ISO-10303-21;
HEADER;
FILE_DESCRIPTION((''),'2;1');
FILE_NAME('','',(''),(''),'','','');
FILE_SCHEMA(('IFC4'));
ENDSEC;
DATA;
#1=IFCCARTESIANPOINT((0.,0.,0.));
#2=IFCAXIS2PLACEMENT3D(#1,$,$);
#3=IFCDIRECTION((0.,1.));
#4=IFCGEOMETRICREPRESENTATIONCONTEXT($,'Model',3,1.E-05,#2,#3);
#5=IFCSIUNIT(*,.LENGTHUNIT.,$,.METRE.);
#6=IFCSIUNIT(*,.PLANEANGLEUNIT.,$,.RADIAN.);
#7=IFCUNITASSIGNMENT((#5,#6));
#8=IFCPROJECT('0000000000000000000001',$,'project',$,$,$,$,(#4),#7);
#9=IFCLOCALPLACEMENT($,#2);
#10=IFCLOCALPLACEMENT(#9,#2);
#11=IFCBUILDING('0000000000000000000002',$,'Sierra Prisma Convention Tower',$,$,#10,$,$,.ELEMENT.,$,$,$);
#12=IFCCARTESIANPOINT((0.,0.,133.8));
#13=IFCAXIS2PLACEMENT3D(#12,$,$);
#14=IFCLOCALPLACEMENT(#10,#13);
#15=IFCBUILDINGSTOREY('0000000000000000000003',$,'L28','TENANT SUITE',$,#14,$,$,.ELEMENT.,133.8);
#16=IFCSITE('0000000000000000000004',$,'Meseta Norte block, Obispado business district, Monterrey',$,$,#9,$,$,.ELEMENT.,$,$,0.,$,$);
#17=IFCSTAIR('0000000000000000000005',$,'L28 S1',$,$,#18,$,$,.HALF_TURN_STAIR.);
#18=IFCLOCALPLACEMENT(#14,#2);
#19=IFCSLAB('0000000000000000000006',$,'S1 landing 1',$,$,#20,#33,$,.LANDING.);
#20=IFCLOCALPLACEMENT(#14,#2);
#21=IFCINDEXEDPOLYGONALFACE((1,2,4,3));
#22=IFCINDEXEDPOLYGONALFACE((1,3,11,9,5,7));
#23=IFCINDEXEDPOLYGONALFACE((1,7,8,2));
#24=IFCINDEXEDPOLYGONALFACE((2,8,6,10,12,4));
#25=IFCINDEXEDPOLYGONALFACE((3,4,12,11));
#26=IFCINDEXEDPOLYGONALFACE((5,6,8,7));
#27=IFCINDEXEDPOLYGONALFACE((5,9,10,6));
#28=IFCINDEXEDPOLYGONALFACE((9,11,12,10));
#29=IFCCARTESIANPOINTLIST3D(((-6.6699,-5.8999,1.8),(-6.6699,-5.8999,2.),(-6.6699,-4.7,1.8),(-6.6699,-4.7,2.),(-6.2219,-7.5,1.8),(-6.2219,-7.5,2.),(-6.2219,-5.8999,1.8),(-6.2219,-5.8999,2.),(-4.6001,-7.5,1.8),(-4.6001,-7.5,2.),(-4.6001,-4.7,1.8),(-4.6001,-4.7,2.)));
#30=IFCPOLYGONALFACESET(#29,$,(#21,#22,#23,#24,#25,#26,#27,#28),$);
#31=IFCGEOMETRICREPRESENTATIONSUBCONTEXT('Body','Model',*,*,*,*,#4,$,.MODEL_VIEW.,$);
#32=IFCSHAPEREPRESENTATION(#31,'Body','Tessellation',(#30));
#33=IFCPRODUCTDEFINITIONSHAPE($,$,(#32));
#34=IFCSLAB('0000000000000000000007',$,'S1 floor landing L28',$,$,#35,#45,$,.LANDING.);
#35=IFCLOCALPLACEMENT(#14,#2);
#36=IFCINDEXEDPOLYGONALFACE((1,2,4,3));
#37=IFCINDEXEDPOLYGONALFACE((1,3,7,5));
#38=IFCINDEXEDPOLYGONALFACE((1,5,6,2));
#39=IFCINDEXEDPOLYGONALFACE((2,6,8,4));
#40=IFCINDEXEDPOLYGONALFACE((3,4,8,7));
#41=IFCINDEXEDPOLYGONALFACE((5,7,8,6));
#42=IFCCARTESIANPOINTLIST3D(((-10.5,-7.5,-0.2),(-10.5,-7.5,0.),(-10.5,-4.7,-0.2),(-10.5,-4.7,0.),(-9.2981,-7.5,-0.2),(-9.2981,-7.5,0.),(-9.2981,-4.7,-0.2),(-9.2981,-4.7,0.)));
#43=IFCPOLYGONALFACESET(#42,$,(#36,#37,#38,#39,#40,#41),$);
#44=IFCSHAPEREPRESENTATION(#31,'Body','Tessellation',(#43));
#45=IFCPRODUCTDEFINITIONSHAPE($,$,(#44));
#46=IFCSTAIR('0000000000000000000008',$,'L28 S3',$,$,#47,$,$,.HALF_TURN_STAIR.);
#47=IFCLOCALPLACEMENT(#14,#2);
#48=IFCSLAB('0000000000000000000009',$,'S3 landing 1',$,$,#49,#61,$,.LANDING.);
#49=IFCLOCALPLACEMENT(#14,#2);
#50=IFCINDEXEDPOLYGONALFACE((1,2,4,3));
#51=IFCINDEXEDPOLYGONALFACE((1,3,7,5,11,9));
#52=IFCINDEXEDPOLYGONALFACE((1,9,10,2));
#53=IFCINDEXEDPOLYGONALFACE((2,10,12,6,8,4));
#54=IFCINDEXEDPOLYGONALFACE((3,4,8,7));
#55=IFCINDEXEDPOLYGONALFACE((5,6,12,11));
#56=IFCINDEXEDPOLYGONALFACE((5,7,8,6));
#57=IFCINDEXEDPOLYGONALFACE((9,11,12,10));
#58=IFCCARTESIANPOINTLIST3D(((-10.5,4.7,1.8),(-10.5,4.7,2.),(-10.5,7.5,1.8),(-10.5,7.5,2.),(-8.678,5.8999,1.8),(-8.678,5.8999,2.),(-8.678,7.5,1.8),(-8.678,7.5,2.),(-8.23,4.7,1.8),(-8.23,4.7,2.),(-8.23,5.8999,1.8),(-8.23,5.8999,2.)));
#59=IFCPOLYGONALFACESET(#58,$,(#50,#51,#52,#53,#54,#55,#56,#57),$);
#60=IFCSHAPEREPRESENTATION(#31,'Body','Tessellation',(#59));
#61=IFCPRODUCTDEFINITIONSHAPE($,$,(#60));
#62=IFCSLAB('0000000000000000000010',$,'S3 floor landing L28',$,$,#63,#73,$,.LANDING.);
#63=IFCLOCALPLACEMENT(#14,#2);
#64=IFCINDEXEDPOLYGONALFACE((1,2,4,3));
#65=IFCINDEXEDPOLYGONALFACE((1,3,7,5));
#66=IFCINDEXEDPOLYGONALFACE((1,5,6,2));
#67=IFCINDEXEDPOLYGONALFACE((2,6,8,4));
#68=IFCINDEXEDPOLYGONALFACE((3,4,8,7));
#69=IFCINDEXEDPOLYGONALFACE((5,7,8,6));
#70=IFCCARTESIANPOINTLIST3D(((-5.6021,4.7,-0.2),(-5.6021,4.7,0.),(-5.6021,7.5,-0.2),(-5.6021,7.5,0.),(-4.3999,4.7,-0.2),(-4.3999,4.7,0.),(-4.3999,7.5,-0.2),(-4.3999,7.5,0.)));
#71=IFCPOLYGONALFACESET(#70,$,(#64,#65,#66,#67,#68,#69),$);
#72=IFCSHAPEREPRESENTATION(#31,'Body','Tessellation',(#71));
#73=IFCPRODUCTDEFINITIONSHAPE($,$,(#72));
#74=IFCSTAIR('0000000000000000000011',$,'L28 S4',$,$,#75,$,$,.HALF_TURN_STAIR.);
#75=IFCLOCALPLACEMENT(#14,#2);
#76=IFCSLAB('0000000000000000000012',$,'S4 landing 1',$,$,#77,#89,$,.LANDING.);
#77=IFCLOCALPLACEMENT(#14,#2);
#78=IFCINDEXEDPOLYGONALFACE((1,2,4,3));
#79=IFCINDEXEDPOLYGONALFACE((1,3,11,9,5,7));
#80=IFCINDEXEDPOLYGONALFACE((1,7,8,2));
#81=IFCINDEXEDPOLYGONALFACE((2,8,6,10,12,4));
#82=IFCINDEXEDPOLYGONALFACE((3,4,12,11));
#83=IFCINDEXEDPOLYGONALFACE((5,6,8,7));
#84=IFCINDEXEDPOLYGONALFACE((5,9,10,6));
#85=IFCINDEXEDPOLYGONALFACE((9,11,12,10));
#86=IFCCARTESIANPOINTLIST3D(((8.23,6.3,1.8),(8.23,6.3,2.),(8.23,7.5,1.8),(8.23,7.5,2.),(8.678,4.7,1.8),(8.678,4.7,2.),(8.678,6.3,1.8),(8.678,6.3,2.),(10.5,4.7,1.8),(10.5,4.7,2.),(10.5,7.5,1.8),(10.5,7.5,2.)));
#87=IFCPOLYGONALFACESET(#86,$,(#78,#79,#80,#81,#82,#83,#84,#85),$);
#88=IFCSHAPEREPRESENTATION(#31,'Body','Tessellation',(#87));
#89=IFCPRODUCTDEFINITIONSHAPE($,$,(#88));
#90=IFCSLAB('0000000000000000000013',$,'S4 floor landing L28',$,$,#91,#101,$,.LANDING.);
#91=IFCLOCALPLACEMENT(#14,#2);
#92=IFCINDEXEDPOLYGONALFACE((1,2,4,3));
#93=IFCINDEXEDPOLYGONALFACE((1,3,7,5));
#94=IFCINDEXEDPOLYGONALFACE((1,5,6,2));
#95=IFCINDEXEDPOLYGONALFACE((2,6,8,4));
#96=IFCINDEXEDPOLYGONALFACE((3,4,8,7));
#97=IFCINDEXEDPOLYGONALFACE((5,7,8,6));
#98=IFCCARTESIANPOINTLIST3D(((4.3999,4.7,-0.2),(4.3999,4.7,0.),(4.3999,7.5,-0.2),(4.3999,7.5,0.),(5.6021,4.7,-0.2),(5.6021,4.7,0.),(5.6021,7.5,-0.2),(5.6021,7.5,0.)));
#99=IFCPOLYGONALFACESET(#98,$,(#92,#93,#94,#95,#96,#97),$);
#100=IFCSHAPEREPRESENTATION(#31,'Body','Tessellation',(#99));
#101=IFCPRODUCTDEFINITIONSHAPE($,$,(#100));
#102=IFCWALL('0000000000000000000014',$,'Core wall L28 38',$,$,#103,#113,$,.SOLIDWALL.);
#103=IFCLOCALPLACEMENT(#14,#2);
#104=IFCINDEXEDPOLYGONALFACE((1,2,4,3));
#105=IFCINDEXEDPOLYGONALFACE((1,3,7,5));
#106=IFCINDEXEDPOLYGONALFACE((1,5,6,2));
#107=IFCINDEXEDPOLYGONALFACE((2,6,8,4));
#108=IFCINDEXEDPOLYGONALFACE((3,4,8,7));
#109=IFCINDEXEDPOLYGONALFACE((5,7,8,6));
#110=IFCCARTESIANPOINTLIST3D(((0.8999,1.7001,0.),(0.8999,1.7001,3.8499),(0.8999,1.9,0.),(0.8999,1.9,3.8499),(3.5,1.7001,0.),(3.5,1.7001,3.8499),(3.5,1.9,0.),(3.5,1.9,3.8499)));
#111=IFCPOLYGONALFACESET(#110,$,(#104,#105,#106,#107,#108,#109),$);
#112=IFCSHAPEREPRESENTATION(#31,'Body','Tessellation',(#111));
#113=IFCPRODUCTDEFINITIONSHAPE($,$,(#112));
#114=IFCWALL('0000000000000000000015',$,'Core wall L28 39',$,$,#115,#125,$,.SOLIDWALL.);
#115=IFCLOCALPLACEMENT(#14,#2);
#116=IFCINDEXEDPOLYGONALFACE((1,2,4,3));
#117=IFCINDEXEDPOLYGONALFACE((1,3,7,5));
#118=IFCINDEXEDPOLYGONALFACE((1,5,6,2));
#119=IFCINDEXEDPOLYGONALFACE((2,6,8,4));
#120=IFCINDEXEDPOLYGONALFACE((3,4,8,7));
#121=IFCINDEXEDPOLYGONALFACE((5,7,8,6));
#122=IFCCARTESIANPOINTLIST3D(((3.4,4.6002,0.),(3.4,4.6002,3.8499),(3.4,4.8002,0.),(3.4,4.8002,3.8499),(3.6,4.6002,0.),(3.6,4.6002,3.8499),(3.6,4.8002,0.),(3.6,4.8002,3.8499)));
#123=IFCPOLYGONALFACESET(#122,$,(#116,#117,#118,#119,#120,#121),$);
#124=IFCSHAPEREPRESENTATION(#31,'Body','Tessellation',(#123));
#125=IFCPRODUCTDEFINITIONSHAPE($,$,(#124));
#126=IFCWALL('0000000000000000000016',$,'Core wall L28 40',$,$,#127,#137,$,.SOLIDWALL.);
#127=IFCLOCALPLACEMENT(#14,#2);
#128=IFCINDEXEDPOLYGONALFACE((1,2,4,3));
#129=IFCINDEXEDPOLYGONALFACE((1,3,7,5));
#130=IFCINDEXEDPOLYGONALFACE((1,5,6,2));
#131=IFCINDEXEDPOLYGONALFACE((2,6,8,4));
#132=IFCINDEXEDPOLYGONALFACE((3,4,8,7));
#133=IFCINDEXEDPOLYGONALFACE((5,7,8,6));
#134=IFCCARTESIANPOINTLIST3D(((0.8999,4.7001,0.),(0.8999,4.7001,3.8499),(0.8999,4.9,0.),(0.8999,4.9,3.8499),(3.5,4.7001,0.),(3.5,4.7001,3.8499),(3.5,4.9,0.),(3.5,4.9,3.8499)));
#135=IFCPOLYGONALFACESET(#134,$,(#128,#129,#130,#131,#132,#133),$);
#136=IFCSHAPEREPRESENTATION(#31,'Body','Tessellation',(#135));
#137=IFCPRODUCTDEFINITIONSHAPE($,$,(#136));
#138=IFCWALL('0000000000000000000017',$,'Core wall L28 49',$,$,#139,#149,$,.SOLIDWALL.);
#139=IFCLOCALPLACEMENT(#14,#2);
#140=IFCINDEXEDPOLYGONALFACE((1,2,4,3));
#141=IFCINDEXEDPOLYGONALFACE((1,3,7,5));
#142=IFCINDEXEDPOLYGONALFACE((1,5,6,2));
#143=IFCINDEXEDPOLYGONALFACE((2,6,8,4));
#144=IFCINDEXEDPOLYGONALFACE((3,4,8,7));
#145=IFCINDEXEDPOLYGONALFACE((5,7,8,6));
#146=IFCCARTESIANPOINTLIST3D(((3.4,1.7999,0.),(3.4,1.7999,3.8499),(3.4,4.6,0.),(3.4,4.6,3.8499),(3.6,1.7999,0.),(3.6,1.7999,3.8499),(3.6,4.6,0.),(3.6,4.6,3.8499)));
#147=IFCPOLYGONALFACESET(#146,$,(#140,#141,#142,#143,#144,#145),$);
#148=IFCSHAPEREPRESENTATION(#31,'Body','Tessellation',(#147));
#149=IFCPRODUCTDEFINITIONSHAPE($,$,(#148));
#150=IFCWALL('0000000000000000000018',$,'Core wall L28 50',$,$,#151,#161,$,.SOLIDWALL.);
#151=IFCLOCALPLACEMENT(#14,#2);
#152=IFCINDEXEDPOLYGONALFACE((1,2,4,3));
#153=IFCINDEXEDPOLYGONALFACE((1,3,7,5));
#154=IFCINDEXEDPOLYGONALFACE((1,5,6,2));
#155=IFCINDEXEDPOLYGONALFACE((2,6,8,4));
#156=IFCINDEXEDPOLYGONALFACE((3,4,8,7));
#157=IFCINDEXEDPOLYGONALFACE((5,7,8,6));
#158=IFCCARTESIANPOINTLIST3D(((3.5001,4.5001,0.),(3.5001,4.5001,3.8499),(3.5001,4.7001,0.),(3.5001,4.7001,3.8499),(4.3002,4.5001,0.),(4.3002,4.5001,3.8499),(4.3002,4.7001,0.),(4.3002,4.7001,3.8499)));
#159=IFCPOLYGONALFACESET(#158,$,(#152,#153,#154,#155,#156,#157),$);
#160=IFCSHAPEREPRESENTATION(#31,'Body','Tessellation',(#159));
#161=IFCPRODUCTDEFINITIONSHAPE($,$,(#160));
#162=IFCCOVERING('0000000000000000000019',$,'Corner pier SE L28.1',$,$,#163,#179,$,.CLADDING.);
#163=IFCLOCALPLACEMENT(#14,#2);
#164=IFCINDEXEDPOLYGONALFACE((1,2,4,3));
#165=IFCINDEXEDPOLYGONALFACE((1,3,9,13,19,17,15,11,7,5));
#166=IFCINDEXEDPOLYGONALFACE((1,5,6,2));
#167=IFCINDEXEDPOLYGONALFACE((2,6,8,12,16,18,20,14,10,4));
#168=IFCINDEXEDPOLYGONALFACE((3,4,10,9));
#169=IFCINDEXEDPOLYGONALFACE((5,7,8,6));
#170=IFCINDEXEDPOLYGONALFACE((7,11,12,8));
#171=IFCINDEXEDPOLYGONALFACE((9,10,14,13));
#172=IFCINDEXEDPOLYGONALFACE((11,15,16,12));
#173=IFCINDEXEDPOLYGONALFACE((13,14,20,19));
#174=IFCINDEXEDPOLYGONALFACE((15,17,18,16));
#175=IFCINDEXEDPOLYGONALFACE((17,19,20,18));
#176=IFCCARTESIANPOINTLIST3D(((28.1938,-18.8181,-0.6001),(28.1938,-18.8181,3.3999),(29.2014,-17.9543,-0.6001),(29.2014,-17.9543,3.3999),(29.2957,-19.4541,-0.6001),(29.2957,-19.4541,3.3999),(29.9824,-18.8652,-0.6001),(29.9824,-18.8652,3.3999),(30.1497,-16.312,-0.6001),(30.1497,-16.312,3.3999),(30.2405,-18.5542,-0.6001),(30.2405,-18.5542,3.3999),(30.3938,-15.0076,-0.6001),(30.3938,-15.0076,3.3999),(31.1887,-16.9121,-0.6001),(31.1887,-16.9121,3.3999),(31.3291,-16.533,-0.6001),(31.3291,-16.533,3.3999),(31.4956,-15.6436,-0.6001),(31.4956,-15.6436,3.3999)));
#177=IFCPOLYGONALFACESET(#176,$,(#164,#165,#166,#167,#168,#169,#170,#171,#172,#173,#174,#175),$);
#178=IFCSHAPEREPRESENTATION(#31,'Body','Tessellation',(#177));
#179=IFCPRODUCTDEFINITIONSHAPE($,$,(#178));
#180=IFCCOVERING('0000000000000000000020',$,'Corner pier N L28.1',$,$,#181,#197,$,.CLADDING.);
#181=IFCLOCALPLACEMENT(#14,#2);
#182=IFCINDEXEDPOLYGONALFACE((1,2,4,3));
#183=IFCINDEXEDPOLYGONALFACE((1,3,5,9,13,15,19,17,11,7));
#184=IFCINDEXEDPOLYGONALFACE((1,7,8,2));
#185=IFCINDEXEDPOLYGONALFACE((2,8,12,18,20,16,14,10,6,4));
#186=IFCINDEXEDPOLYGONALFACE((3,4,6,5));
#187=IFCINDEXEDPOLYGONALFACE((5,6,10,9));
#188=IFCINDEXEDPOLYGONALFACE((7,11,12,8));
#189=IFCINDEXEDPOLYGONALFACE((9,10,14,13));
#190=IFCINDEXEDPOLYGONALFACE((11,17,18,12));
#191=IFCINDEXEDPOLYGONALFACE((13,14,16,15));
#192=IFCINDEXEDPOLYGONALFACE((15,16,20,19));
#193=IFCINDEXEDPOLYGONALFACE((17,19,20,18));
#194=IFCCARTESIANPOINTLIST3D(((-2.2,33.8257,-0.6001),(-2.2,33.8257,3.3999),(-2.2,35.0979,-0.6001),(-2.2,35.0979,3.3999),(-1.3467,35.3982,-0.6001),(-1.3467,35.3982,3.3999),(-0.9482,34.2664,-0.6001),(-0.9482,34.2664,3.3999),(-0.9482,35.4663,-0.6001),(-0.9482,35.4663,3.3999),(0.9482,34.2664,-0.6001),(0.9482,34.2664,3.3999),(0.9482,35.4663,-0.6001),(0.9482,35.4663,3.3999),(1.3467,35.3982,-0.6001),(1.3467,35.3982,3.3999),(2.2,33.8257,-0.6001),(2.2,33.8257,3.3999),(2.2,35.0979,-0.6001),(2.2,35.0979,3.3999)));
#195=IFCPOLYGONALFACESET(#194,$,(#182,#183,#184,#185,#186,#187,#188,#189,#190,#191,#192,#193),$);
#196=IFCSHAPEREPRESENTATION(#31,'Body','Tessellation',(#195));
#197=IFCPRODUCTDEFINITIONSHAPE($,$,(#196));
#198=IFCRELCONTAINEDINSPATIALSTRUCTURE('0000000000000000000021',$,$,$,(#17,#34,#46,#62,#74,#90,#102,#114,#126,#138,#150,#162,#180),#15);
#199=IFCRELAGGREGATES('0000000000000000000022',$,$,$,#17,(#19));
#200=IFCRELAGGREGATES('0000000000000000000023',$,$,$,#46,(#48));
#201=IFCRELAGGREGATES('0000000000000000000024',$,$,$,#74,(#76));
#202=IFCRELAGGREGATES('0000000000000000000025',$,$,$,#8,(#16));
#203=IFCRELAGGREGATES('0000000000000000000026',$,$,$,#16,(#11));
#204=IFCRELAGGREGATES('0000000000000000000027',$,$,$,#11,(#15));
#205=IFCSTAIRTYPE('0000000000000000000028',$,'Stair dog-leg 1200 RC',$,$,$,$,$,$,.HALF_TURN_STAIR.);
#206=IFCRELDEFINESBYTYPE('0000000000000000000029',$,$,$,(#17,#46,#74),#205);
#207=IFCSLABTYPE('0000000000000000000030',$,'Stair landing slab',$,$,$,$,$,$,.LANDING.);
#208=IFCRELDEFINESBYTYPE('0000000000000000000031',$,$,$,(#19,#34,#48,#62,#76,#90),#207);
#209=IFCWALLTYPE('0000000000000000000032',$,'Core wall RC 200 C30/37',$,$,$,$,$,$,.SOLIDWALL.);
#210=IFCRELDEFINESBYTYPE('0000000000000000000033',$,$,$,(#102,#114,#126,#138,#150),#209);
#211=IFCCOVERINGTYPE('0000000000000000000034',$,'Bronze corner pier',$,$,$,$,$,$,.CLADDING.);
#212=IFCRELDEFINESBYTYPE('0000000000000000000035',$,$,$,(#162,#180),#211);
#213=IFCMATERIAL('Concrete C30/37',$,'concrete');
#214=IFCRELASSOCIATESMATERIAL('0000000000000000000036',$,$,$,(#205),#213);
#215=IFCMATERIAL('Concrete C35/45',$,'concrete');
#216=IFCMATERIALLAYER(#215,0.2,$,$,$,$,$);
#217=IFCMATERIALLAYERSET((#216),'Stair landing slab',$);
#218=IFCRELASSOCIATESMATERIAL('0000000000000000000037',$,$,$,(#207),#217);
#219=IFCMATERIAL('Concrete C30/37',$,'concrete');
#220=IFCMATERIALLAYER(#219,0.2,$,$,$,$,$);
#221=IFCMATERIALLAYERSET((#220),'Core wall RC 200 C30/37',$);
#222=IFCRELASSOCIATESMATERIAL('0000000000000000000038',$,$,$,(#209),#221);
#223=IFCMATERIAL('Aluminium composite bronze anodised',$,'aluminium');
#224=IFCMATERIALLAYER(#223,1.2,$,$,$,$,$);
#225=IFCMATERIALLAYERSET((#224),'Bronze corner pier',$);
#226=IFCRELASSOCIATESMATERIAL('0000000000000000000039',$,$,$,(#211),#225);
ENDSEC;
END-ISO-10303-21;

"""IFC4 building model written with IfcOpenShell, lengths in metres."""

from ifc_helpers import new_model, si_unit, direction, frame, frame_2d, origin, place, context, subcontext, project, spatial, polyline, rectangle, outline, extrude, material, layer, layer_set, type_object, element, aggregate, save


model = new_model("IFC4")

# Units and contexts
model_context = context("Model", 3, precision=1e-05, world=origin(), true_north=direction((0.0, 1.0)))
body_context = subcontext(model_context, "Body", "Model", "MODEL_VIEW")
ifc_project = project(units=[si_unit("LENGTHUNIT", "METRE"), si_unit("PLANEANGLEUNIT", "RADIAN")], contexts=[model_context])

# Site, building, storey
site_placement = place(None, origin())
site = spatial("IfcSite", under=ifc_project, at=site_placement, Name="Meseta Norte block, Obispado business district, Monterrey", CompositionType="ELEMENT", RefElevation=0.0)
building_placement = place(site_placement, origin())
building = spatial("IfcBuilding", under=site, at=building_placement, Name="Sierra Prisma Convention Tower", CompositionType="ELEMENT")
storey_placement = place(building_placement, frame((0.0, 0.0, 133.8)))
storey = spatial("IfcBuildingStorey", under=building, at=storey_placement, Name="L28", Description="TENANT SUITE", CompositionType="ELEMENT", Elevation=133.8)

# Stair, slab
ifc_material_1 = material(Name="Concrete C30/37", Category="concrete")
stair_type = type_object("IfcStairType", Name="Stair dog-leg 1200 RC", PredefinedType="HALF_TURN_STAIR", material=ifc_material_1)
stair_1_placement = place(storey_placement, origin())
stair_1 = element("IfcStair", 1, at=stair_1_placement, inside=storey, type_object=stair_type, Name="L28 S1", PredefinedType="HALF_TURN_STAIR")
ifc_material_2 = material(Name="Concrete C35/45", Category="concrete")
ifc_layer_1 = layer(ifc_material_2, 0.2)
ifc_layer_set_1 = layer_set([ifc_layer_1], Name="Stair landing slab")
slab_type_1 = type_object("IfcSlabType", Name="Stair landing slab", PredefinedType="LANDING", material=ifc_layer_set_1)
slab_1_placement = place(storey_placement, frame((0.0, 0.0, 1.8)))
slab_1 = element("IfcSlab", 2, at=slab_1_placement, type_object=slab_type_1, Name="S1 landing 1", PredefinedType="LANDING", context=body_context, shape_type="SweptSolid", body=[
    extrude(outline(polyline([(-4.6001, -4.7), (-4.6001, -7.5), (-6.2219, -7.5), (-6.2219, -5.8999), (-6.6699, -5.8999), (-6.6699, -4.7), (-4.6001, -4.7)])), origin(), (0.0, 0.0, 1.0), 0.2),
])
aggregate(stair_1, [slab_1])

# Slab
slab_2_placement = place(storey_placement, frame((0.0, 0.0, -0.2)))
element("IfcSlab", 3, at=slab_2_placement, inside=storey, type_object=slab_type_1, Name="S1 floor landing L28", PredefinedType="LANDING", context=body_context, shape_type="SweptSolid", body=[
    extrude(outline(polyline([(-10.5, -7.5), (-9.2981, -7.5), (-9.2981, -4.7), (-10.5, -4.7), (-10.5, -7.5)])), origin(), (0.0, 0.0, 1.0), 0.2),
])

# Stair, slab
stair_2_placement = place(storey_placement, origin())
stair_2 = element("IfcStair", 4, at=stair_2_placement, inside=storey, type_object=stair_type, Name="L28 S3", PredefinedType="HALF_TURN_STAIR")
slab_3_placement = place(storey_placement, frame((0.0, 0.0, 1.8)))
slab_3 = element("IfcSlab", 5, at=slab_3_placement, type_object=slab_type_1, Name="S3 landing 1", PredefinedType="LANDING", context=body_context, shape_type="SweptSolid", body=[
    extrude(outline(polyline([(-8.23, 5.8999), (-8.23, 4.7), (-10.5, 4.7), (-10.5, 7.5), (-8.678, 7.5), (-8.678, 5.8999), (-8.23, 5.8999)])), origin(), (0.0, 0.0, 1.0), 0.2),
])
aggregate(stair_2, [slab_3])

# Slab
slab_4_placement = place(storey_placement, frame((0.0, 0.0, -0.2)))
element("IfcSlab", 6, at=slab_4_placement, inside=storey, type_object=slab_type_1, Name="S3 floor landing L28", PredefinedType="LANDING", context=body_context, shape_type="SweptSolid", body=[
    extrude(outline(polyline([(-4.3999, 7.5), (-5.6021, 7.5), (-5.6021, 4.7), (-4.3999, 4.7), (-4.3999, 7.5)])), origin(), (0.0, 0.0, 1.0), 0.2),
])

# Stair, slab
stair_3_placement = place(storey_placement, origin())
stair_3 = element("IfcStair", 7, at=stair_3_placement, inside=storey, type_object=stair_type, Name="L28 S4", PredefinedType="HALF_TURN_STAIR")
slab_5_placement = place(storey_placement, frame((0.0, 0.0, 1.8)))
slab_5 = element("IfcSlab", 8, at=slab_5_placement, type_object=slab_type_1, Name="S4 landing 1", PredefinedType="LANDING", context=body_context, shape_type="SweptSolid", body=[
    extrude(outline(polyline([(10.5, 7.5), (10.5, 4.7), (8.678, 4.7), (8.678, 6.3), (8.23, 6.3), (8.23, 7.5), (10.5, 7.5)])), origin(), (0.0, 0.0, 1.0), 0.2),
])
aggregate(stair_3, [slab_5])

# Slab
slab_6_placement = place(storey_placement, frame((0.0, 0.0, -0.2)))
element("IfcSlab", 9, at=slab_6_placement, inside=storey, type_object=slab_type_1, Name="S4 floor landing L28", PredefinedType="LANDING", context=body_context, shape_type="SweptSolid", body=[
    extrude(outline(polyline([(4.3999, 4.7), (5.6021, 4.7), (5.6021, 7.5), (4.3999, 7.5), (4.3999, 4.7)])), origin(), (0.0, 0.0, 1.0), 0.2),
])

# Shared definitions
ifc_material_3 = material(Name="Concrete C30/37", Category="concrete")
ifc_layer_2 = layer(ifc_material_3, 0.2)
ifc_layer_set_2 = layer_set([ifc_layer_2], Name="Core wall RC 200 C30/37")
wall_type = type_object("IfcWallType", Name="Core wall RC 200 C30/37", PredefinedType="SOLIDWALL", material=ifc_layer_set_2)

# Walls
wall_1_placement = place(storey_placement, frame((3.5, 1.8, 0.0), z_axis=(0.0, 0.0, 1.0), x_axis=(-1.0, 0.0, 0.0)))
element("IfcWall", 10, at=wall_1_placement, inside=storey, type_object=wall_type, Name="Core wall L28 38", PredefinedType="SOLIDWALL", context=body_context, shape_type="SweptSolid", body=[
    extrude(rectangle(XDim=2.6001, YDim=0.2, at=frame_2d((1.3, 0.0))), origin(), (0.0, 0.0, 1.0), 3.8499),
])
wall_2_placement = place(storey_placement, frame((3.5, 4.6001, 0.0), z_axis=(0.0, 0.0, 1.0), x_axis=(0.0, 1.0, 0.0)))
element("IfcWall", 11, at=wall_2_placement, inside=storey, type_object=wall_type, Name="Core wall L28 39", PredefinedType="SOLIDWALL", context=body_context, shape_type="SweptSolid", body=[
    extrude(rectangle(XDim=0.2, YDim=0.2, at=frame_2d((0.1001, 0.0))), origin(), (0.0, 0.0, 1.0), 3.8499),
])
wall_3_placement = place(storey_placement, frame((3.5, 4.8, 0.0), z_axis=(0.0, 0.0, 1.0), x_axis=(-1.0, 0.0, 0.0)))
element("IfcWall", 12, at=wall_3_placement, inside=storey, type_object=wall_type, Name="Core wall L28 40", PredefinedType="SOLIDWALL", context=body_context, shape_type="SweptSolid", body=[
    extrude(rectangle(XDim=2.6001, YDim=0.2, at=frame_2d((1.3, 0.0))), origin(), (0.0, 0.0, 1.0), 3.8499),
])

# Walls
wall_4_placement = place(storey_placement, frame((3.5, 1.8, 0.0), z_axis=(0.0, 0.0, 1.0), x_axis=(0.0, 1.0, 0.0)))
element("IfcWall", 13, at=wall_4_placement, inside=storey, type_object=wall_type, Name="Core wall L28 49", PredefinedType="SOLIDWALL", context=body_context, shape_type="SweptSolid", body=[
    extrude(rectangle(XDim=2.8, YDim=0.2, at=frame_2d((1.3999, 0.0))), origin(), (0.0, 0.0, 1.0), 3.8499),
])
wall_5_placement = place(storey_placement, frame((4.3, 4.6001, 0.0), z_axis=(0.0, 0.0, 1.0), x_axis=(-1.0, 0.0, 0.0)))
element("IfcWall", 14, at=wall_5_placement, inside=storey, type_object=wall_type, Name="Core wall L28 50", PredefinedType="SOLIDWALL", context=body_context, shape_type="SweptSolid", body=[
    extrude(rectangle(XDim=0.8, YDim=0.2, at=frame_2d((0.3999, 0.0))), origin(), (0.0, 0.0, 1.0), 3.8499),
])

# Coverings
ifc_material_4 = material(Name="Aluminium composite bronze anodised", Category="aluminium")
ifc_layer_3 = layer(ifc_material_4, 1.2)
ifc_layer_set_3 = layer_set([ifc_layer_3], Name="Bronze corner pier")
covering_type = type_object("IfcCoveringType", Name="Bronze corner pier", PredefinedType="CLADDING", material=ifc_layer_set_3)
covering_1_placement = place(storey_placement, frame((0.0, 0.0, -0.6001)))
element("IfcCovering", 15, at=covering_1_placement, inside=storey, type_object=covering_type, Name="Corner pier SE L28.1", PredefinedType="CLADDING", context=body_context, shape_type="SweptSolid", body=[
    extrude(outline(polyline([(31.3291, -16.533), (31.1887, -16.9121), (30.2405, -18.5542), (29.9824, -18.8652), (29.2957, -19.4541), (28.1938, -18.8181), (29.2014, -17.9543), (30.1497, -16.312), (30.3938, -15.0076), (31.4956, -15.6436), (31.3291, -16.533)])), origin(), (0.0, 0.0, 1.0), 4.0),
])
covering_2_placement = place(storey_placement, frame((0.0, 0.0, -0.6001)))
element("IfcCovering", 16, at=covering_2_placement, inside=storey, type_object=covering_type, Name="Corner pier N L28.1", PredefinedType="CLADDING", context=body_context, shape_type="SweptSolid", body=[
    extrude(outline(polyline([(-1.3467, 35.3982), (-0.9482, 35.4663), (0.9482, 35.4663), (1.3467, 35.3982), (2.2, 35.0979), (2.2, 33.8257), (0.9482, 34.2664), (-0.9482, 34.2664), (-2.2, 33.8257), (-2.2, 35.0979), (-1.3467, 35.3982)])), origin(), (0.0, 0.0, 1.0), 4.0),
])

save(model, "model.ifc")
